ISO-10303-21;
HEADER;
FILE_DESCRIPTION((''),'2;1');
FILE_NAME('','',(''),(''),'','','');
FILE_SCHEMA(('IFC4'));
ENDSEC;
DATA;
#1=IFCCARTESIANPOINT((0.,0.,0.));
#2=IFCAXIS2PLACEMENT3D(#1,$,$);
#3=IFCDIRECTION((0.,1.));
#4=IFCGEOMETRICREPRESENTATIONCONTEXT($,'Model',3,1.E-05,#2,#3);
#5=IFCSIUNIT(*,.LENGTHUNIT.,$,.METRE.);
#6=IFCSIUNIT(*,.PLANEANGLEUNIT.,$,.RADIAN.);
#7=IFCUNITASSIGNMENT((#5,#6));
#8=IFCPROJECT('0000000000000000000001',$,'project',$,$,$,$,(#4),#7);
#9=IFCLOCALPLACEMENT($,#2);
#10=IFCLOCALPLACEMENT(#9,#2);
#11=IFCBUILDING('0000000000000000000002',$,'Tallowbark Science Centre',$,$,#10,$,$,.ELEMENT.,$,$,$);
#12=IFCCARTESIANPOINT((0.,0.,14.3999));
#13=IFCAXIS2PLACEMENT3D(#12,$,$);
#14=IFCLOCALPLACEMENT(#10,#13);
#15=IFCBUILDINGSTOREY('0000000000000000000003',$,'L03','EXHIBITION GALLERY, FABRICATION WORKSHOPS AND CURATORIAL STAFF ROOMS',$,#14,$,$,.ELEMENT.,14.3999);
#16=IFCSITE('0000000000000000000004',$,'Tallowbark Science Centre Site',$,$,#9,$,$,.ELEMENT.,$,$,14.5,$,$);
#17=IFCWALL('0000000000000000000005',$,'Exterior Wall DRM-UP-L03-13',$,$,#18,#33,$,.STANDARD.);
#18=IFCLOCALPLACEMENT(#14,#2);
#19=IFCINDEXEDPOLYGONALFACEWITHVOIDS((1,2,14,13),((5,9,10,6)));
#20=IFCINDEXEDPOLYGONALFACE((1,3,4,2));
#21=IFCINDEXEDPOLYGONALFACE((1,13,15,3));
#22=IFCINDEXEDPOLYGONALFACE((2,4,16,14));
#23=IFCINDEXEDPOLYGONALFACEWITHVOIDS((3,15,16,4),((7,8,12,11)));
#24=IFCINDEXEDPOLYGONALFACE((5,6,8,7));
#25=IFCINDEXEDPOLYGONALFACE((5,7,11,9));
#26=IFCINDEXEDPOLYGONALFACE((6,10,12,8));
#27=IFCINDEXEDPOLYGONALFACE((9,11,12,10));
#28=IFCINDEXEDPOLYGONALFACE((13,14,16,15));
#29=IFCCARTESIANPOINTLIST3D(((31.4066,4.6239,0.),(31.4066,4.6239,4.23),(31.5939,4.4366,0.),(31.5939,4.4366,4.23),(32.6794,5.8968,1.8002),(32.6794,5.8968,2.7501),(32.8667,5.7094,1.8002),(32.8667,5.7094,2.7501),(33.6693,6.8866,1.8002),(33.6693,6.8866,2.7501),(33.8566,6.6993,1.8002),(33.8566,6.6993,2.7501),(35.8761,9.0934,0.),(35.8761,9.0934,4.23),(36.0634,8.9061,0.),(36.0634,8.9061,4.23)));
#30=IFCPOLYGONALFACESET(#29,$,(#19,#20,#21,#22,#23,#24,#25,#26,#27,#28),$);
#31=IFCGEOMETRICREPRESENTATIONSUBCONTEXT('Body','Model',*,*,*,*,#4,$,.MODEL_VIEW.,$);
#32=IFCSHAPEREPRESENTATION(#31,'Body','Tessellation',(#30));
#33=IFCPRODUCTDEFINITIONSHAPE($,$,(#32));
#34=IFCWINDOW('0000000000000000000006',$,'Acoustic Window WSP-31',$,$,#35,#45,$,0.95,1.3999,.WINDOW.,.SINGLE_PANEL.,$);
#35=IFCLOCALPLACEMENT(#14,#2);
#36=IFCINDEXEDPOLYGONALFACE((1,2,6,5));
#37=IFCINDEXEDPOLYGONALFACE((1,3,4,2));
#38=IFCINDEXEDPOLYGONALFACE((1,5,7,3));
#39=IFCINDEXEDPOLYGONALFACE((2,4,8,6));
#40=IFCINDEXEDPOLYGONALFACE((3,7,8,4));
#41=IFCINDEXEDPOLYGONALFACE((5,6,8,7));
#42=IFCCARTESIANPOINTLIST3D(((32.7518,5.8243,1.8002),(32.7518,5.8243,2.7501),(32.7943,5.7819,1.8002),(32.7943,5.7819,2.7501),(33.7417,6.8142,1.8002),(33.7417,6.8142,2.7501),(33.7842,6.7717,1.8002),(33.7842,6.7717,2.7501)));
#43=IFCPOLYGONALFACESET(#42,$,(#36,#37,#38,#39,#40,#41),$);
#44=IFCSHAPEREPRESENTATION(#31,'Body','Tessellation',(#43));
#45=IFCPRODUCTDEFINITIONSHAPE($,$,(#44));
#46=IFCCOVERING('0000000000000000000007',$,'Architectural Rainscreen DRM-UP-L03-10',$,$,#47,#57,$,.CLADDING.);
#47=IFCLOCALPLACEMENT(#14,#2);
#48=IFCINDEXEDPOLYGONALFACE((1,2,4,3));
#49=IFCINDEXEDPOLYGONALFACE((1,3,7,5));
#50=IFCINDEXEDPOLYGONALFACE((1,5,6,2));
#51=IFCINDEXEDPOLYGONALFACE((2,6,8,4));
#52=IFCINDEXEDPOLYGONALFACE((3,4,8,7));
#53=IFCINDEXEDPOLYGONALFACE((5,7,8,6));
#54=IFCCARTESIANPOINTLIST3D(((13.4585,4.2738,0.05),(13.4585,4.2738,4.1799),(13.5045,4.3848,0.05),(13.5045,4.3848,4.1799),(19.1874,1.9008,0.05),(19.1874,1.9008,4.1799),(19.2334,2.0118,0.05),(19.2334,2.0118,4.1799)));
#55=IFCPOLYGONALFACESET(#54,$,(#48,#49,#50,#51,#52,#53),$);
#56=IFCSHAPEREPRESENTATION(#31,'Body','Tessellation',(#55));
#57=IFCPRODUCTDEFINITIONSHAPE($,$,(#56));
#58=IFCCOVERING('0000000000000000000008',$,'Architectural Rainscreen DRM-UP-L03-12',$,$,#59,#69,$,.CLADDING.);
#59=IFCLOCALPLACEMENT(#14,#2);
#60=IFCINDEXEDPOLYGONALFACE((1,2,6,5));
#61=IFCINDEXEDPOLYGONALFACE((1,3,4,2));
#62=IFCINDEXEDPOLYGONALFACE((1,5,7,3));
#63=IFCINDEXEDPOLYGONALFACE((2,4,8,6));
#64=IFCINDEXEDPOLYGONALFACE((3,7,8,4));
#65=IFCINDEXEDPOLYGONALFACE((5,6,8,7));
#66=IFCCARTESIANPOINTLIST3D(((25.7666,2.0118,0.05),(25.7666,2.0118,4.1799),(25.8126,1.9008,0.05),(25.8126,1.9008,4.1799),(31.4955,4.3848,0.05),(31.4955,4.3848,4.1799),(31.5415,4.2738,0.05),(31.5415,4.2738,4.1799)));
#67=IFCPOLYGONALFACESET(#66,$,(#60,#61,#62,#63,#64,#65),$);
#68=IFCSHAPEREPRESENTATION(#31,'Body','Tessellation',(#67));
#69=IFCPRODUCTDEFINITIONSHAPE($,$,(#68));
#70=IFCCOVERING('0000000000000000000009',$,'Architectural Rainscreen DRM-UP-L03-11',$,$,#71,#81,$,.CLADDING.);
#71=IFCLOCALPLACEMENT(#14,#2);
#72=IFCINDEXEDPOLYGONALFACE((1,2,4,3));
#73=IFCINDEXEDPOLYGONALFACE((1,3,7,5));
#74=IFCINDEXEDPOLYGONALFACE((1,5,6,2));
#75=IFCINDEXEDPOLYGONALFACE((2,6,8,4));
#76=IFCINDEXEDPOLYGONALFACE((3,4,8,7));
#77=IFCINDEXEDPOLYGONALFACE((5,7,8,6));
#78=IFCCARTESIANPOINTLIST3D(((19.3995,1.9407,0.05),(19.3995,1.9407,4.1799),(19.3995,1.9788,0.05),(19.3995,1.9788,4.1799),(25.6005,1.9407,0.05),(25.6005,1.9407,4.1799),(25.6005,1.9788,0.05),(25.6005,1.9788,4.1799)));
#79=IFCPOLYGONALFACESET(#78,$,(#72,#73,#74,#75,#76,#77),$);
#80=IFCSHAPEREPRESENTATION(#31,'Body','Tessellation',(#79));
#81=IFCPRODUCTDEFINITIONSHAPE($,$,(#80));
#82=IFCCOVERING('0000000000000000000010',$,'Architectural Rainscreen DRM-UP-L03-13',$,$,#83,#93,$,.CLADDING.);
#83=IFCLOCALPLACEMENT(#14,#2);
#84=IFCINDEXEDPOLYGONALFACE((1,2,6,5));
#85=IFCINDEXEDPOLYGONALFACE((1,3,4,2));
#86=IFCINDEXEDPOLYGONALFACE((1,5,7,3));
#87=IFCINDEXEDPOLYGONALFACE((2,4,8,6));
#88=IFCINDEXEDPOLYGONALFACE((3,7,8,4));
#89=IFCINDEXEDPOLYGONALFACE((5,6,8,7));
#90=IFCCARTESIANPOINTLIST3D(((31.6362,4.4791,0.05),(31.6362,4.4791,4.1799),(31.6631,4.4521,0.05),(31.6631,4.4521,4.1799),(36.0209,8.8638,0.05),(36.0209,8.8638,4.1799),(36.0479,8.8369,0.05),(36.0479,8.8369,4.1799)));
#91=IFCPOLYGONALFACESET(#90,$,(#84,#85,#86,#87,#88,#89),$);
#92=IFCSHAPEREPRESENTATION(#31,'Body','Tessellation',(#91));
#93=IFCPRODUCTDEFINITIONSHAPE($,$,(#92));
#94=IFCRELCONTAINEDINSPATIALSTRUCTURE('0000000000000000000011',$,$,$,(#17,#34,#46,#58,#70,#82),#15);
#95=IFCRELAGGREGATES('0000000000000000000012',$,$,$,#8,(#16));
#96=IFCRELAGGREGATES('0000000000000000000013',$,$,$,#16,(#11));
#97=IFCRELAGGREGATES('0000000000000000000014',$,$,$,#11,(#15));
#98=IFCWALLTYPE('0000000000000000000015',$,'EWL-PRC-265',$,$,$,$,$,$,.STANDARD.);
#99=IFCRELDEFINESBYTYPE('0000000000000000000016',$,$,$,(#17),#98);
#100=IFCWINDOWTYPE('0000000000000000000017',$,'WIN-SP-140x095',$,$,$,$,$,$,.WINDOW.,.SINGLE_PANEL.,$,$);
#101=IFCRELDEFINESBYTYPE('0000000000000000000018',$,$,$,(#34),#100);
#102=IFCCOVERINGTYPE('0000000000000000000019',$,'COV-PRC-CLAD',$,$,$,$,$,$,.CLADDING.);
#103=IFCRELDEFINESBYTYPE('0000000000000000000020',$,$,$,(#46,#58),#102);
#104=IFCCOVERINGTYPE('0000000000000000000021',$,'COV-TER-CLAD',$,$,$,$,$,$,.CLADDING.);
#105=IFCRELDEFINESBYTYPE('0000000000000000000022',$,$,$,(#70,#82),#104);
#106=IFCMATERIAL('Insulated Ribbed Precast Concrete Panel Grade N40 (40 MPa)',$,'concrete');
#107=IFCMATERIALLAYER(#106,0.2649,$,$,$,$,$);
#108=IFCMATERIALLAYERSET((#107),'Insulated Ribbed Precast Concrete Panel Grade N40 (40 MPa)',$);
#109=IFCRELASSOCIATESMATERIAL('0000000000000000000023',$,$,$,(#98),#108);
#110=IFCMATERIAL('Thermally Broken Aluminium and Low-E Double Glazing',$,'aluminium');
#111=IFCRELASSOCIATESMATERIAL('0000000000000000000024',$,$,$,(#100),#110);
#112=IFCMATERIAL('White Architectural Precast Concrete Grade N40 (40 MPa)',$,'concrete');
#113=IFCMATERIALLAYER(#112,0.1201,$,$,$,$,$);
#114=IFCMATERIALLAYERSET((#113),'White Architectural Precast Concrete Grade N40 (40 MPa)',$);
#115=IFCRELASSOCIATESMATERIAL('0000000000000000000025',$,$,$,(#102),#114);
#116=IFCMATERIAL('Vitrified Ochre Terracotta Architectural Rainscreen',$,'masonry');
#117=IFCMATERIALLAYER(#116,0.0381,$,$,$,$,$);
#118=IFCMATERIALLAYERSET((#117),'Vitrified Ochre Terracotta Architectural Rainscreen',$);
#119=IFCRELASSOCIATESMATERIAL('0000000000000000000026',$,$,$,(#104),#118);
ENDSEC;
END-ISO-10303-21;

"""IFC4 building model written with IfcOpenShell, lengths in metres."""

from ifc_helpers import new_model, si_unit, direction, frame, frame_2d, origin, origin_2d, place, context, subcontext, project, spatial, rectangle, extrude, material, layer, layer_set, type_object, element, fill, save


model = new_model("IFC4")

# Units and contexts
model_context = context("Model", 3, precision=1e-05, world=origin(), true_north=direction((0.0, 1.0)))
body_context = subcontext(model_context, "Body", "Model", "MODEL_VIEW")
ifc_project = project(units=[si_unit("LENGTHUNIT", "METRE"), si_unit("PLANEANGLEUNIT", "RADIAN")], contexts=[model_context])

# Site, building, storey
site_placement = place(None, origin())
site = spatial("IfcSite", under=ifc_project, at=site_placement, Name="Tallowbark Science Centre Site", CompositionType="ELEMENT", RefElevation=14.5)
building_placement = place(site_placement, origin())
building = spatial("IfcBuilding", under=site, at=building_placement, Name="Tallowbark Science Centre", CompositionType="ELEMENT")
storey_placement = place(building_placement, frame((0.0, 0.0, 14.3999)))
storey = spatial("IfcBuildingStorey", under=building, at=storey_placement, Name="L03", Description="EXHIBITION GALLERY, FABRICATION WORKSHOPS AND CURATORIAL STAFF ROOMS", CompositionType="ELEMENT", Elevation=14.3999)

# Wall, opening, window
ifc_material_1 = material(Name="Insulated Ribbed Precast Concrete Panel Grade N40 (40 MPa)", Category="concrete")
ifc_layer_1 = layer(ifc_material_1, 0.2649)
ifc_layer_set_1 = layer_set([ifc_layer_1], Name="Insulated Ribbed Precast Concrete Panel Grade N40 (40 MPa)")
wall_type = type_object("IfcWallType", Name="EWL-PRC-265", PredefinedType="STANDARD", material=ifc_layer_set_1)
ifc_material_2 = material(Name="Thermally Broken Aluminium and Low-E Double Glazing", Category="aluminium")
wall_1_placement = place(storey_placement, frame((31.5002, 4.5303, 0.0), z_axis=(0.0, 0.0, 1.0), x_axis=(0.707107, 0.707107, 0.0)))
wall_1 = element("IfcWall", 1, at=wall_1_placement, inside=storey, type_object=wall_type, Name="Exterior Wall DRM-UP-L03-13", PredefinedType="STANDARD", context=body_context, shape_type="SweptSolid", body=[
    extrude(rectangle(XDim=6.3208, YDim=0.2649, at=frame_2d((3.1604, 0.0))), origin(), (0.0, 0.0, 1.0), 4.23),
])
opening_1_placement = place(wall_1_placement, frame((1.8, 0.0, 1.8)))
opening_1 = element("IfcOpeningElement", 2, at=opening_1_placement, cuts=wall_1, PredefinedType="OPENING", context=body_context, shape_type="SweptSolid", body=[
    extrude(rectangle(XDim=1.3999, YDim=0.95, at=frame_2d((0.7, 0.4751))), frame((0.0, 0.1426, 0.0), z_axis=(0.0, -1.0, 0.0), x_axis=(1.0, 0.0, 0.0)), (0.0, 0.0, 1.0), 0.2849),
])
window_type_1 = type_object("IfcWindowType", Name="WIN-SP-140x095", PartitioningType="SINGLE_PANEL", PredefinedType="WINDOW", material=ifc_material_2)
window_1_placement = place(opening_1_placement, origin())
window_1 = element("IfcWindow", 3, at=window_1_placement, inside=storey, type_object=window_type_1, Name="Acoustic Window WSP-31", OverallHeight=0.95, OverallWidth=1.3999, PartitioningType="SINGLE_PANEL", PredefinedType="WINDOW", context=body_context, shape_type="SweptSolid", body=[
    extrude(rectangle(XDim=1.3999, YDim=0.95, at=frame_2d((0.7, 0.4751))), frame((0.0, 0.03, 0.0), z_axis=(0.0, -1.0, 0.0), x_axis=(1.0, 0.0, 0.0)), (0.0, 0.0, 1.0), 0.0601),
])
fill(opening_1, window_1)

# Coverings
ifc_material_3 = material(Name="White Architectural Precast Concrete Grade N40 (40 MPa)", Category="concrete")
ifc_layer_2 = layer(ifc_material_3, 0.1201)
ifc_layer_set_2 = layer_set([ifc_layer_2], Name="White Architectural Precast Concrete Grade N40 (40 MPa)")
covering_type_1 = type_object("IfcCoveringType", Name="COV-PRC-CLAD", PredefinedType="CLADDING", material=ifc_layer_set_2)
for number, where, z_axis, x_axis, name in (
    (4, (16.3459, 3.1428, 0.05), (0.0, 0.0, 1.0), (0.92388, -0.382683, 0.0), "Architectural Rainscreen DRM-UP-L03-10"),
    (5, (28.6541, 3.1428, 0.05), (0.0, 0.0, 1.0), (0.92388, 0.382683, 0.0), "Architectural Rainscreen DRM-UP-L03-12"),
):
    element("IfcCovering", number, at=place(storey_placement, frame(where, z_axis=z_axis, x_axis=x_axis)), inside=storey, type_object=covering_type_1, Name=name, PredefinedType="CLADDING", context=body_context, shape_type="SweptSolid", body=[
        extrude(rectangle(XDim=6.2009, YDim=0.1201, at=origin_2d()), origin(), (0.0, 0.0, 1.0), 4.1299),
    ])
ifc_material_4 = material(Name="Vitrified Ochre Terracotta Architectural Rainscreen", Category="masonry")
ifc_layer_3 = layer(ifc_material_4, 0.0381)
ifc_layer_set_3 = layer_set([ifc_layer_3], Name="Vitrified Ochre Terracotta Architectural Rainscreen")
covering_type_2 = type_object("IfcCoveringType", Name="COV-TER-CLAD", PredefinedType="CLADDING", material=ifc_layer_set_3)
for number, where, z_axis, x_axis, name in (
    (6, (22.5, 1.9597, 0.05), (0.0, 0.0, 1.0), (1.0, 0.0, 0.0), "Architectural Rainscreen DRM-UP-L03-11"),
    (7, (33.842, 6.658, 0.05), (0.0, 0.0, 1.0), (0.707107, 0.707107, 0.0), "Architectural Rainscreen DRM-UP-L03-13"),
):
    element("IfcCovering", number, at=place(storey_placement, frame(where, z_axis=z_axis, x_axis=x_axis)), inside=storey, type_object=covering_type_2, Name=name, PredefinedType="CLADDING", context=body_context, shape_type="SweptSolid", body=[
        extrude(rectangle(XDim=6.2009, YDim=0.0381, at=origin_2d()), origin(), (0.0, 0.0, 1.0), 4.1299),
    ])

save(model, "model.ifc")
